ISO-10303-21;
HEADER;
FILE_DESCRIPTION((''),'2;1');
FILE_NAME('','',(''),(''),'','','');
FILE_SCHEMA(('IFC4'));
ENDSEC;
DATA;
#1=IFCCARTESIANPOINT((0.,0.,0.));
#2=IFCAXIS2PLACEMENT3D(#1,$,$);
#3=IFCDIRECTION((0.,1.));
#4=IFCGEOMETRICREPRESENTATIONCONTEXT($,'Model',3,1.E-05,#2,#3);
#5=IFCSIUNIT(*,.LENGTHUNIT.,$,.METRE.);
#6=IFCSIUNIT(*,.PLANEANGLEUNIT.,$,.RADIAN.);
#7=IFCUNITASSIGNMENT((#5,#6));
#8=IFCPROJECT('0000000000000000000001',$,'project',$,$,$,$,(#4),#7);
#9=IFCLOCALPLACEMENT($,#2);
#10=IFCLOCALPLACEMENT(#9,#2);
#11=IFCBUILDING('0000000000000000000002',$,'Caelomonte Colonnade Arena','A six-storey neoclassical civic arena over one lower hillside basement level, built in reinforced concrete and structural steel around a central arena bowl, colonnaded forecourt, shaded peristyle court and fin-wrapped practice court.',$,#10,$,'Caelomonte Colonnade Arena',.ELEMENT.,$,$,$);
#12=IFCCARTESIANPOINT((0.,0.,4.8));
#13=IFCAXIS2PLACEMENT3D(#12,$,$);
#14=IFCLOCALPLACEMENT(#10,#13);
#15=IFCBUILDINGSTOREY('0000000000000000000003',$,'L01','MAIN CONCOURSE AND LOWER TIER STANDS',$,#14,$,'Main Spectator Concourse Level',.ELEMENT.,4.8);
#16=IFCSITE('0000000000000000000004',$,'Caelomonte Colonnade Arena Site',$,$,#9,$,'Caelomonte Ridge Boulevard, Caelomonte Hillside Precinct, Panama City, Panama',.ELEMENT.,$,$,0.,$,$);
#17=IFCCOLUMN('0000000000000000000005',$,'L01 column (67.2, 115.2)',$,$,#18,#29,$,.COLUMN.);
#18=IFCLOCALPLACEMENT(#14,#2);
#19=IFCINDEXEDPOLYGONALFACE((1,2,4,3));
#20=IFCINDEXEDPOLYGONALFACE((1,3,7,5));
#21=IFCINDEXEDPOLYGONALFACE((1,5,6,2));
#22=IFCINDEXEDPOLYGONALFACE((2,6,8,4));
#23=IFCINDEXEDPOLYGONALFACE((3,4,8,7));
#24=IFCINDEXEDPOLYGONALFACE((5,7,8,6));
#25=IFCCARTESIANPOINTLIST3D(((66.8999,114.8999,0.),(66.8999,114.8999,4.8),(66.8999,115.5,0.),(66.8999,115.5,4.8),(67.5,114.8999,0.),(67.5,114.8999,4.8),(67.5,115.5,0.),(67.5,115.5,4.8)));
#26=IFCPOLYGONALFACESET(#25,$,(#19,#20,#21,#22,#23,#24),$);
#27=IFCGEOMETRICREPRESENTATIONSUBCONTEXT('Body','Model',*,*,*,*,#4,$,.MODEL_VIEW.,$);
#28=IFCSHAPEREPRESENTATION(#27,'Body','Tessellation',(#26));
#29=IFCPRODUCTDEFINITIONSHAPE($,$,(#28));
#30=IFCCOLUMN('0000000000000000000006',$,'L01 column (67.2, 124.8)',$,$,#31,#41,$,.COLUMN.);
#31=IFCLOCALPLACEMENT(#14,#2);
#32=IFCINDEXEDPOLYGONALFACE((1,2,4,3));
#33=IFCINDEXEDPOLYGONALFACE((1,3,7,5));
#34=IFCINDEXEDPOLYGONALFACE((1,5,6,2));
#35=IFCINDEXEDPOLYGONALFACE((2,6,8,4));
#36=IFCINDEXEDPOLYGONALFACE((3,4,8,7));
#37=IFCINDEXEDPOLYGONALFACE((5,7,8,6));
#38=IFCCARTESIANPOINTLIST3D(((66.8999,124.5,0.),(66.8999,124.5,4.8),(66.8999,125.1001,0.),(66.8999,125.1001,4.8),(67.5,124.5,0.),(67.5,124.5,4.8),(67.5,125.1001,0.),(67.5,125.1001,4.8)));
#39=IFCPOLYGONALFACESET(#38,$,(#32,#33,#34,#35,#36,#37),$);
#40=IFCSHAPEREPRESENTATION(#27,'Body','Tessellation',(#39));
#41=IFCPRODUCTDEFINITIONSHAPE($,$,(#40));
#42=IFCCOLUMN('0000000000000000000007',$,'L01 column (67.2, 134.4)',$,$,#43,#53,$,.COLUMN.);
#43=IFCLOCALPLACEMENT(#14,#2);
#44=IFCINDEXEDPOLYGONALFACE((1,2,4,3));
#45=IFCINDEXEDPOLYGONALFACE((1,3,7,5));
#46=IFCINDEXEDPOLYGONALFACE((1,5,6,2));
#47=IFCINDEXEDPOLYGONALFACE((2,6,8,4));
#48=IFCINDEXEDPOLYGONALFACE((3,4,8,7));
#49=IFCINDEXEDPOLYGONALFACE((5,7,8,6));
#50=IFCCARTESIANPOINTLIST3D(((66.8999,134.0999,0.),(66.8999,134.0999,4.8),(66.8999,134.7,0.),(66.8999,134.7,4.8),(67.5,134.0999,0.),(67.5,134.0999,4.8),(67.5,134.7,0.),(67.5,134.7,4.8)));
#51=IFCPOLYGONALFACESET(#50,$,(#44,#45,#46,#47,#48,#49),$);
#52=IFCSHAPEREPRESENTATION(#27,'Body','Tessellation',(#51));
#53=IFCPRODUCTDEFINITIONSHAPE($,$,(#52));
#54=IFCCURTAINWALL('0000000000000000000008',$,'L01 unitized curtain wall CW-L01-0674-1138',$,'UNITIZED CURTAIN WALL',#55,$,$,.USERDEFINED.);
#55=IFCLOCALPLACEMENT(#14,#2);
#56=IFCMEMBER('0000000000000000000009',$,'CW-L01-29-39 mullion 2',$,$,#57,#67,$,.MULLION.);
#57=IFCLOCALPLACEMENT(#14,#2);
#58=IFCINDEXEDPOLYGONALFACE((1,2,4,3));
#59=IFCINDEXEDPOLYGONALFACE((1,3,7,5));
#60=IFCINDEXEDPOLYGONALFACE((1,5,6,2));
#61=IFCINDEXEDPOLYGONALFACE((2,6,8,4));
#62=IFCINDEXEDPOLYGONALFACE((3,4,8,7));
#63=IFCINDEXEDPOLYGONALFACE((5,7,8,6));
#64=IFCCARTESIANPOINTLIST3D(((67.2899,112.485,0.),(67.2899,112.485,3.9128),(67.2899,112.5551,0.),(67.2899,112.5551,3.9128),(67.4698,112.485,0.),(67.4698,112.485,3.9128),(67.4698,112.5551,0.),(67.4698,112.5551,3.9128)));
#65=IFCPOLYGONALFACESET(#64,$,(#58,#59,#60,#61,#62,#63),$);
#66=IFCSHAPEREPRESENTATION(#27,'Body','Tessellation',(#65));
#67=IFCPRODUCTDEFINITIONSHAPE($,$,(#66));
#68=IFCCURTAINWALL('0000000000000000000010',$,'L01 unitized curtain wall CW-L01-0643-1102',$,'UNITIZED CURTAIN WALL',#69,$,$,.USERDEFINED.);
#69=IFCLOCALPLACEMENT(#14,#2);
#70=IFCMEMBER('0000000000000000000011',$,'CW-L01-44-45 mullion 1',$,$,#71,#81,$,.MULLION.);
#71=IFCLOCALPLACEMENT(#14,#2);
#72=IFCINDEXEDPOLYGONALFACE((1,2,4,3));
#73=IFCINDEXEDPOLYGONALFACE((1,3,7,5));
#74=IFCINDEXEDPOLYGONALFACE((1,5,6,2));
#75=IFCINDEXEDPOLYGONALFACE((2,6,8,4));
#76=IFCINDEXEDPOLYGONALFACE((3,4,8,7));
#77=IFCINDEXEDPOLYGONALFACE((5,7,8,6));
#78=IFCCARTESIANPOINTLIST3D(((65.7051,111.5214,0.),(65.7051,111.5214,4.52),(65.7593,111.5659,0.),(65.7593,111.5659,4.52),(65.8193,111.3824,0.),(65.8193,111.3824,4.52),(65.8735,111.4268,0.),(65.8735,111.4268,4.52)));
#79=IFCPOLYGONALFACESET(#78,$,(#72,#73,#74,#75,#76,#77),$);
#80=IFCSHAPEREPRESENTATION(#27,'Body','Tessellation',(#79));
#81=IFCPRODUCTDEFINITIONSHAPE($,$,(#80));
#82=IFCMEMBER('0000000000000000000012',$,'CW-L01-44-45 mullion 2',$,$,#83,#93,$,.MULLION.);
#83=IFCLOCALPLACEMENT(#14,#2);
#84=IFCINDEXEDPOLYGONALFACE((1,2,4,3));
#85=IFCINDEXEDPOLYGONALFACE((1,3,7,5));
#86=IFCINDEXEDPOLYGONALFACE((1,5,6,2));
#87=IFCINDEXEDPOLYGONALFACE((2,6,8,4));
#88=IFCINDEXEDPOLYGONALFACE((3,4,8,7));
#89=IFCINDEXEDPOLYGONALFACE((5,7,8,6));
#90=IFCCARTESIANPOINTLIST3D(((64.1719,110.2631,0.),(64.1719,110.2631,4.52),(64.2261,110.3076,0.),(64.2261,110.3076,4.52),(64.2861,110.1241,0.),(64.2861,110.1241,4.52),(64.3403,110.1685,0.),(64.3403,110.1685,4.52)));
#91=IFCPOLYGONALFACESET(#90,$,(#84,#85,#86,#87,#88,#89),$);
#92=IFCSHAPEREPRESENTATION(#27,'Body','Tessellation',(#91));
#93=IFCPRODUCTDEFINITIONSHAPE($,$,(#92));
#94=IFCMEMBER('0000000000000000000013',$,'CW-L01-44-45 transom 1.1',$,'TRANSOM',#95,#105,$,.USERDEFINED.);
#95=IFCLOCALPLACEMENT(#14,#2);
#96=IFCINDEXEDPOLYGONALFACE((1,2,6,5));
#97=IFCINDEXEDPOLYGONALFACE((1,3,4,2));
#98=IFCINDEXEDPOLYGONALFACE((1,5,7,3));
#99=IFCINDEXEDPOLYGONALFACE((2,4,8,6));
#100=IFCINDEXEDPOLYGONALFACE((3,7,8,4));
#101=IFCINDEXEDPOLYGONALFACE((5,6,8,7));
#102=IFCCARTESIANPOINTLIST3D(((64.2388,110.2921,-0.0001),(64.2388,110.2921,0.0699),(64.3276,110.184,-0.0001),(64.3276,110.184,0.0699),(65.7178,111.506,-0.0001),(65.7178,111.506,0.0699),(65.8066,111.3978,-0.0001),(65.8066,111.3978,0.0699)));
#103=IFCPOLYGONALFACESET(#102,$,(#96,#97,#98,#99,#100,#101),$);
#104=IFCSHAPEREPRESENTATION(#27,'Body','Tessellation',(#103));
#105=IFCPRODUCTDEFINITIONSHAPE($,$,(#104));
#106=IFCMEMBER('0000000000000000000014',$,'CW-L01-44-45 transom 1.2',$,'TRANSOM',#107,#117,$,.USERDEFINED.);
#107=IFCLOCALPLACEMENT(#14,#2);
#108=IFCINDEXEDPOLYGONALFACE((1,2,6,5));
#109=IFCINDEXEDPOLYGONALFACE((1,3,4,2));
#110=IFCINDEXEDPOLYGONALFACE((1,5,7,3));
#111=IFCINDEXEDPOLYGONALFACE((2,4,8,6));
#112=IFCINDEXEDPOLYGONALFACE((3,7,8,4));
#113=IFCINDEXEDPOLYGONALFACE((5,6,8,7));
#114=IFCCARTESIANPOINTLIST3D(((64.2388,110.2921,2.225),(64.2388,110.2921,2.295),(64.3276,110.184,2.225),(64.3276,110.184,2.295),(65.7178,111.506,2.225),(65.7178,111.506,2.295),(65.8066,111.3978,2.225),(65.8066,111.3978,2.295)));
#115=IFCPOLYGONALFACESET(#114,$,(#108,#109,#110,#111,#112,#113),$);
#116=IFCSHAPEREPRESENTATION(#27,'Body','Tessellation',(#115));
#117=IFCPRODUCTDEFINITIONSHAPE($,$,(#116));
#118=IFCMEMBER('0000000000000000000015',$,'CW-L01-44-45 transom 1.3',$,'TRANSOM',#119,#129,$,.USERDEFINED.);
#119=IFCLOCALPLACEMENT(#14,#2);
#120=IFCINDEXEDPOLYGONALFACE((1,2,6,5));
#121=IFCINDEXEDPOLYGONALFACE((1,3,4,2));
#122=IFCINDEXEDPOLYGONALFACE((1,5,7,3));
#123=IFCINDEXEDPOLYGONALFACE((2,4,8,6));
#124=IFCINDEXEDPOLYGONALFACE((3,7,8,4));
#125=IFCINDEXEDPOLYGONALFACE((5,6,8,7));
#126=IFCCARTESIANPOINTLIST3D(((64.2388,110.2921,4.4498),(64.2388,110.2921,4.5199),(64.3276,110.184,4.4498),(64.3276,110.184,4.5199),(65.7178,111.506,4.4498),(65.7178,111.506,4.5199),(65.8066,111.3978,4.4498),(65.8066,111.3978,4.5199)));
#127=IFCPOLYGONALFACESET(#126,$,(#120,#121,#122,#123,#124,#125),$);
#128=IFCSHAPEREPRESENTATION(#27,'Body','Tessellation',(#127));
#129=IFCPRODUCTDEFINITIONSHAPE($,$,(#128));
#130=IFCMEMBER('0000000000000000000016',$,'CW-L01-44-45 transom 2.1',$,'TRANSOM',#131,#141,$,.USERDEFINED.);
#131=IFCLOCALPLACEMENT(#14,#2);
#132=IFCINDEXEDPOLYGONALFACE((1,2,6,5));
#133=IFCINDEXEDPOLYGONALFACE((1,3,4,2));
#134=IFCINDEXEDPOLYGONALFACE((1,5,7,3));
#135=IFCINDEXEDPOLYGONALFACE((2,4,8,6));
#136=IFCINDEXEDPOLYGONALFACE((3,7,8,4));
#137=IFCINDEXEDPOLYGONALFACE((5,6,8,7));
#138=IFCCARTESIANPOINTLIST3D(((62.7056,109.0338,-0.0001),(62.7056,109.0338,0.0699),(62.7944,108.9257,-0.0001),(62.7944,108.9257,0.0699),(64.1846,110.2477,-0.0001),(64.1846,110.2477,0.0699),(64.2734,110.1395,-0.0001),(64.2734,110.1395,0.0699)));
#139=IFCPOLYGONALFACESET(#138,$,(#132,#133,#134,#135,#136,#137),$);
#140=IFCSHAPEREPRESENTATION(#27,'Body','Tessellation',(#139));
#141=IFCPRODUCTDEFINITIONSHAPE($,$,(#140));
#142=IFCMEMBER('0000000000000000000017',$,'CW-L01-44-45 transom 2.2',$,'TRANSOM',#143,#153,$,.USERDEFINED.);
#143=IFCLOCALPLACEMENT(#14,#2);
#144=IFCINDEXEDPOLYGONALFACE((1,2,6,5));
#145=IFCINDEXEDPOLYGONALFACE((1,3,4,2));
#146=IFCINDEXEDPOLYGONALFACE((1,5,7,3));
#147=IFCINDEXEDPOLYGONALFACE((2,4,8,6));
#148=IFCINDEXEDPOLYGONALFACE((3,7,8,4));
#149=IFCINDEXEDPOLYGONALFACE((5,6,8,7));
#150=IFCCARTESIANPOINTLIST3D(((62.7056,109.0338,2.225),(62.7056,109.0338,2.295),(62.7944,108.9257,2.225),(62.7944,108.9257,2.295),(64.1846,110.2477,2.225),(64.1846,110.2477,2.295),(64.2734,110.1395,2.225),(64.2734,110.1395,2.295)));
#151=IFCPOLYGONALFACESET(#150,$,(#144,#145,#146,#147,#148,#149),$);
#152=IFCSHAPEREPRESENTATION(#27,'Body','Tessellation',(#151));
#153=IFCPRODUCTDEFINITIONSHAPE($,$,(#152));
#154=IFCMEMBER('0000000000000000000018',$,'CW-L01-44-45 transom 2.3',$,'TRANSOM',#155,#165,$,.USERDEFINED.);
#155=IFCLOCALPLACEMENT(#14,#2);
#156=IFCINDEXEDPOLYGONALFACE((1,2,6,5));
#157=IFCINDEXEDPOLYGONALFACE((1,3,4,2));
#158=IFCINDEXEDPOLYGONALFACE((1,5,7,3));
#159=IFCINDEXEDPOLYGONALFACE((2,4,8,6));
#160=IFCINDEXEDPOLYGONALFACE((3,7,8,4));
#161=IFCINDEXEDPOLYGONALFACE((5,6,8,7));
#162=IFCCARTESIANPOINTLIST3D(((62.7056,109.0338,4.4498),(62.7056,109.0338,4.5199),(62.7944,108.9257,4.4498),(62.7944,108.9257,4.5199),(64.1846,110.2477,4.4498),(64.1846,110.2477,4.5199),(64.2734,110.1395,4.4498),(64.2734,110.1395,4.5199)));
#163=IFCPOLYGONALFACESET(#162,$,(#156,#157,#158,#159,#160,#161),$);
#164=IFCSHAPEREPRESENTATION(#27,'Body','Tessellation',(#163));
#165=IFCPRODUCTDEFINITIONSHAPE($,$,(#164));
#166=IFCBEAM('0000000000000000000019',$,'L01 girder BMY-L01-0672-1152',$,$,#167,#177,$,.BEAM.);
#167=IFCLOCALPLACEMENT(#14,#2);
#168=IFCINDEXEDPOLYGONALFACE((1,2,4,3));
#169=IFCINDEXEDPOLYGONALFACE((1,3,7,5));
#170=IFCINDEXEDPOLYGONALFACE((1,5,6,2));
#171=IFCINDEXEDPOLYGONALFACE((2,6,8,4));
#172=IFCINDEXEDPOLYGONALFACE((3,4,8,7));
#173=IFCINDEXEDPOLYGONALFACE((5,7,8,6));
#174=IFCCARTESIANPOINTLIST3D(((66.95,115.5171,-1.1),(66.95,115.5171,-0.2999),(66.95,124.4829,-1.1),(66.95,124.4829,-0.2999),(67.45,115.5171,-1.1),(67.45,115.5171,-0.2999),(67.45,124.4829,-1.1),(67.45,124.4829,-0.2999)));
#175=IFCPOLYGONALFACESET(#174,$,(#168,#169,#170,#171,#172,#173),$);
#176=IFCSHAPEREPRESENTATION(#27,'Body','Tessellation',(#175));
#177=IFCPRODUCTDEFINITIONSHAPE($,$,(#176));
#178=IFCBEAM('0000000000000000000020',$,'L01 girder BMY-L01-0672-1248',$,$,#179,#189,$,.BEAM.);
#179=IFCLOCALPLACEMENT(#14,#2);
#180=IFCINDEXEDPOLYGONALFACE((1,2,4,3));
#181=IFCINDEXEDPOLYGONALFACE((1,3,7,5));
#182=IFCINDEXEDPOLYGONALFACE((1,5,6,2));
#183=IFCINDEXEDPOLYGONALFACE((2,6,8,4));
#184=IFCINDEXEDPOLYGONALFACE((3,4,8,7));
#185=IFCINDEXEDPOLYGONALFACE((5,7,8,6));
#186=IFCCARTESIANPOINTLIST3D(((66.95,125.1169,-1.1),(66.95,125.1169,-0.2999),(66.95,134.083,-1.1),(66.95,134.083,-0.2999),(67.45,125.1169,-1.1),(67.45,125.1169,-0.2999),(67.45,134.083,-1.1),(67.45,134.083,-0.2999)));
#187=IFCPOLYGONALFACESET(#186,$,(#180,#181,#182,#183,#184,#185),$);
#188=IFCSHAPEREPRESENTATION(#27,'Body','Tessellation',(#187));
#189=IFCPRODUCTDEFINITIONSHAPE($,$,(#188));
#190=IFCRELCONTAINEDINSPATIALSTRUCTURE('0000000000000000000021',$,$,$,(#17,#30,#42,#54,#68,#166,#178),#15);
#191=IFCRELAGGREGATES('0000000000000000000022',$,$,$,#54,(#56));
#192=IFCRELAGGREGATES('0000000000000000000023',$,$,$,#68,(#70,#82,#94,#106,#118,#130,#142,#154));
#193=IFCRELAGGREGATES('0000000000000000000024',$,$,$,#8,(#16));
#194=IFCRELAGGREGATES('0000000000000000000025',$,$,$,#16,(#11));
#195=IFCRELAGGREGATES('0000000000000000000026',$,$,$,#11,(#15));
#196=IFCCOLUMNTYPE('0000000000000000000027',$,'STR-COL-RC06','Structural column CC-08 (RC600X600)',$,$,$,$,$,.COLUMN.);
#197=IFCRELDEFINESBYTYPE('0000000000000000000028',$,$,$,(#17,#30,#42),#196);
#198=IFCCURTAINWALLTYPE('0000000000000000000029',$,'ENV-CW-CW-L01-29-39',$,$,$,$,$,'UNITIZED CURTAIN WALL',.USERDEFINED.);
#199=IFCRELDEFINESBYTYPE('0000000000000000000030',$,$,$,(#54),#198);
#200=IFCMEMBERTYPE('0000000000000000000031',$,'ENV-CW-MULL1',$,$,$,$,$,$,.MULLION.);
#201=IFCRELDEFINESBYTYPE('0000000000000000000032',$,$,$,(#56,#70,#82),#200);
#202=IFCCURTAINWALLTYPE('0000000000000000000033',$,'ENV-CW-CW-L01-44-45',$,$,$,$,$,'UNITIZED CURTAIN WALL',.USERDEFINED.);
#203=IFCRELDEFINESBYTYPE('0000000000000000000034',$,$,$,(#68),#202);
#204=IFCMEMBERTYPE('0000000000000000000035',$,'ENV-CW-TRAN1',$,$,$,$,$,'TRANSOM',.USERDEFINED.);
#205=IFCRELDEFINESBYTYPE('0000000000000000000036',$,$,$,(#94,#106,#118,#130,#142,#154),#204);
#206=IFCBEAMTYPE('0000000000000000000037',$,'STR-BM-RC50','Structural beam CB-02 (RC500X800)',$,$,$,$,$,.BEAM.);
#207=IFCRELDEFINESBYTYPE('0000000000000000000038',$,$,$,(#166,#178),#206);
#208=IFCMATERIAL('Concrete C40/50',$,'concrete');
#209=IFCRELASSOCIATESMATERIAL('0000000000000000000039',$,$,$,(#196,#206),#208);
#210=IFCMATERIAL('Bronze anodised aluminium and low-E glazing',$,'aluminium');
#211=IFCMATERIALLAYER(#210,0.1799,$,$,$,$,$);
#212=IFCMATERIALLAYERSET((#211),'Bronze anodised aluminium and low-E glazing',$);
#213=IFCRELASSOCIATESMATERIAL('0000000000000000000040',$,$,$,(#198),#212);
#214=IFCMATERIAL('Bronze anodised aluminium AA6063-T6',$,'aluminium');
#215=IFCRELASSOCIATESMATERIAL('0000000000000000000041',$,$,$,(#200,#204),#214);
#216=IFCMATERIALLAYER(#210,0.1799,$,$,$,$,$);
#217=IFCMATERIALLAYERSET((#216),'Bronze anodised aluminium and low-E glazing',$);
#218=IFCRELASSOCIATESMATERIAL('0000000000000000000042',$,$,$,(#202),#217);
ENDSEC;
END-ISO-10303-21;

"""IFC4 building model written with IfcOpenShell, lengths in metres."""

from ifc_helpers import new_model, si_unit, direction, frame, origin, origin_2d, place, context, subcontext, project, spatial, rectangle, extrude, material, layer, layer_set, material_profile, profile_set, type_object, element, aggregate, save


model = new_model("IFC4")

# Units and contexts
model_context = context("Model", 3, precision=1e-05, world=origin(), true_north=direction((0.0, 1.0)))
body_context = subcontext(model_context, "Body", "Model", "MODEL_VIEW")
ifc_project = project(units=[si_unit("LENGTHUNIT", "METRE"), si_unit("PLANEANGLEUNIT", "RADIAN")], contexts=[model_context])

# Site, building, storey
site_placement = place(None, origin())
site = spatial("IfcSite", under=ifc_project, at=site_placement, Name="Caelomonte Colonnade Arena Site", LongName="Caelomonte Ridge Boulevard, Caelomonte Hillside Precinct, Panama City, Panama", CompositionType="ELEMENT", RefElevation=0.0)
building_placement = place(site_placement, origin())
building = spatial("IfcBuilding", under=site, at=building_placement, Name="Caelomonte Colonnade Arena", Description="A six-storey neoclassical civic arena over one lower hillside basement level, built in reinforced concrete and structural steel around a central arena bowl, colonnaded forecourt, shaded peristyle court and fin-wrapped practice court.", LongName="Caelomonte Colonnade Arena", CompositionType="ELEMENT")
storey_placement = place(building_placement, frame((0.0, 0.0, 4.8)))
storey = spatial("IfcBuildingStorey", under=building, at=storey_placement, Name="L01", Description="MAIN CONCOURSE AND LOWER TIER STANDS", LongName="Main Spectator Concourse Level", CompositionType="ELEMENT", Elevation=4.8)

# Columns
ifc_material_1 = material(Name="Concrete C40/50", Category="concrete")
ifc_material_profile_1 = material_profile(ifc_material_1, rectangle(XDim=0.6001, YDim=0.6001, at=origin_2d()), Name="RC600X600")
ifc_profile_set_1 = profile_set([ifc_material_profile_1], Name="Concrete C40/50")
column_type = type_object("IfcColumnType", Name="STR-COL-RC06", Description="Structural column CC-08 (RC600X600)", PredefinedType="COLUMN", material=ifc_profile_set_1)
for number, where, z_axis, x_axis, name in (
    (1, (67.2, 115.2, 0.0), (0.0, 0.0, 1.0), (1.0, 0.0, 0.0), "L01 column (67.2, 115.2)"),
    (2, (67.2, 124.8, 0.0), (0.0, 0.0, 1.0), (1.0, 0.0, 0.0), "L01 column (67.2, 124.8)"),
    (3, (67.2, 134.3999, 0.0), (0.0, 0.0, 1.0), (1.0, 0.0, 0.0), "L01 column (67.2, 134.4)"),
):
    element("IfcColumn", number, at=place(storey_placement, frame(where, z_axis=z_axis, x_axis=x_axis)), inside=storey, type_object=column_type, Name=name, PredefinedType="COLUMN", context=body_context, shape_type="SweptSolid", body=[
        extrude(rectangle(XDim=0.6001, YDim=0.6001, at=origin_2d()), origin(), (0.0, 0.0, 1.0), 4.8),
    ])

# Curtain wall, member
ifc_material_2 = material(Name="Bronze anodised aluminium and low-E glazing", Category="aluminium")
ifc_layer_1 = layer(ifc_material_2, 0.1799)
ifc_layer_set_1 = layer_set([ifc_layer_1], Name="Bronze anodised aluminium and low-E glazing")
curtain_wall_type_1 = type_object("IfcCurtainWallType", Name="ENV-CW-CW-L01-29-39", ElementType="UNITIZED CURTAIN WALL", PredefinedType="USERDEFINED", material=ifc_layer_set_1)
curtain_wall_1_placement = place(storey_placement, origin())
curtain_wall_1 = element("IfcCurtainWall", 4, at=curtain_wall_1_placement, inside=storey, type_object=curtain_wall_type_1, Name="L01 unitized curtain wall CW-L01-0674-1138", ObjectType="UNITIZED CURTAIN WALL", PredefinedType="USERDEFINED")
ifc_material_3 = material(Name="Bronze anodised aluminium AA6063-T6", Category="aluminium")
ifc_material_profile_2 = material_profile(ifc_material_3, rectangle(XDim=0.0701, YDim=0.1799, at=origin_2d()), Name="CWM-70X180")
ifc_profile_set_2 = profile_set([ifc_material_profile_2], Name="Bronze anodised aluminium AA6063-T6")
member_type_1 = type_object("IfcMemberType", Name="ENV-CW-MULL1", PredefinedType="MULLION", material=ifc_profile_set_2)
member_1_placement = place(storey_placement, frame((67.3799, 112.52, 0.0), z_axis=(0.0, 0.0, 1.0), x_axis=(0.0, -1.0, 0.0)))
member_1 = element("IfcMember", 5, at=member_1_placement, type_object=member_type_1, Name="CW-L01-29-39 mullion 2", PredefinedType="MULLION", context=body_context, shape_type="SweptSolid", body=[
    extrude(rectangle(XDim=0.0701, YDim=0.1799, at=origin_2d()), origin(), (0.0, 0.0, 1.0), 3.9128),
])

# Curtain wall, members
ifc_layer_2 = layer(ifc_material_2, 0.1799)
ifc_layer_set_2 = layer_set([ifc_layer_2], Name="Bronze anodised aluminium and low-E glazing")
curtain_wall_type_2 = type_object("IfcCurtainWallType", Name="ENV-CW-CW-L01-44-45", ElementType="UNITIZED CURTAIN WALL", PredefinedType="USERDEFINED", material=ifc_layer_set_2)
curtain_wall_2_placement = place(storey_placement, origin())
curtain_wall_2 = element("IfcCurtainWall", 6, at=curtain_wall_2_placement, inside=storey, type_object=curtain_wall_type_2, Name="L01 unitized curtain wall CW-L01-0643-1102", ObjectType="UNITIZED CURTAIN WALL", PredefinedType="USERDEFINED")
member_2_placement = place(storey_placement, frame((65.7893, 111.4741, 0.0), z_axis=(0.0, 0.0, 1.0), x_axis=(-0.772992, -0.634416, 0.0)))
member_2 = element("IfcMember", 7, at=member_2_placement, type_object=member_type_1, Name="CW-L01-44-45 mullion 1", PredefinedType="MULLION", context=body_context, shape_type="SweptSolid", body=[
    extrude(rectangle(XDim=0.0701, YDim=0.1799, at=origin_2d()), origin(), (0.0, 0.0, 1.0), 4.52),
])
member_3_placement = place(storey_placement, frame((64.2561, 110.2158, 0.0), z_axis=(0.0, 0.0, 1.0), x_axis=(-0.772992, -0.634416, 0.0)))
member_3 = element("IfcMember", 8, at=member_3_placement, type_object=member_type_1, Name="CW-L01-44-45 mullion 2", PredefinedType="MULLION", context=body_context, shape_type="SweptSolid", body=[
    extrude(rectangle(XDim=0.0701, YDim=0.1799, at=origin_2d()), origin(), (0.0, 0.0, 1.0), 4.52),
])
ifc_material_profile_3 = material_profile(ifc_material_3, rectangle(XDim=0.0701, YDim=0.1399, at=origin_2d()), Name="CWT-70X140")
ifc_profile_set_3 = profile_set([ifc_material_profile_3], Name="Bronze anodised aluminium AA6063-T6")
member_type_2 = type_object("IfcMemberType", Name="ENV-CW-TRAN1", ElementType="TRANSOM", PredefinedType="USERDEFINED", material=ifc_profile_set_3)
member_4_placement = place(storey_placement, frame((65.7622, 111.4519, 0.0349), z_axis=(-0.77299, -0.634418, 0.0), x_axis=(0.0, 0.0, 1.0)))
member_4 = element("IfcMember", 9, at=member_4_placement, type_object=member_type_2, Name="CW-L01-44-45 transom 1.1", ObjectType="TRANSOM", PredefinedType="USERDEFINED", context=body_context, shape_type="SweptSolid", body=[
    extrude(rectangle(XDim=0.0701, YDim=0.1399, at=origin_2d()), origin(), (0.0, 0.0, 1.0), 1.9133),
])
member_5_placement = place(storey_placement, frame((65.7622, 111.4519, 2.26), z_axis=(-0.77299, -0.634418, 0.0), x_axis=(0.0, 0.0, 1.0)))
member_5 = element("IfcMember", 10, at=member_5_placement, type_object=member_type_2, Name="CW-L01-44-45 transom 1.2", ObjectType="TRANSOM", PredefinedType="USERDEFINED", context=body_context, shape_type="SweptSolid", body=[
    extrude(rectangle(XDim=0.0701, YDim=0.1399, at=origin_2d()), origin(), (0.0, 0.0, 1.0), 1.9133),
])
member_6_placement = place(storey_placement, frame((65.7622, 111.4519, 4.4849), z_axis=(-0.77299, -0.634418, 0.0), x_axis=(0.0, 0.0, 1.0)))
member_6 = element("IfcMember", 11, at=member_6_placement, type_object=member_type_2, Name="CW-L01-44-45 transom 1.3", ObjectType="TRANSOM", PredefinedType="USERDEFINED", context=body_context, shape_type="SweptSolid", body=[
    extrude(rectangle(XDim=0.0701, YDim=0.1399, at=origin_2d()), origin(), (0.0, 0.0, 1.0), 1.9133),
])
member_7_placement = place(storey_placement, frame((64.229, 110.1936, 0.0349), z_axis=(-0.77299, -0.634418, 0.0), x_axis=(0.0, 0.0, 1.0)))
member_7 = element("IfcMember", 12, at=member_7_placement, type_object=member_type_2, Name="CW-L01-44-45 transom 2.1", ObjectType="TRANSOM", PredefinedType="USERDEFINED", context=body_context, shape_type="SweptSolid", body=[
    extrude(rectangle(XDim=0.0701, YDim=0.1399, at=origin_2d()), origin(), (0.0, 0.0, 1.0), 1.9133),
])
member_8_placement = place(storey_placement, frame((64.229, 110.1936, 2.26), z_axis=(-0.77299, -0.634418, 0.0), x_axis=(0.0, 0.0, 1.0)))
member_8 = element("IfcMember", 13, at=member_8_placement, type_object=member_type_2, Name="CW-L01-44-45 transom 2.2", ObjectType="TRANSOM", PredefinedType="USERDEFINED", context=body_context, shape_type="SweptSolid", body=[
    extrude(rectangle(XDim=0.0701, YDim=0.1399, at=origin_2d()), origin(), (0.0, 0.0, 1.0), 1.9133),
])
member_9_placement = place(storey_placement, frame((64.229, 110.1936, 4.4849), z_axis=(-0.77299, -0.634418, 0.0), x_axis=(0.0, 0.0, 1.0)))
member_9 = element("IfcMember", 14, at=member_9_placement, type_object=member_type_2, Name="CW-L01-44-45 transom 2.3", ObjectType="TRANSOM", PredefinedType="USERDEFINED", context=body_context, shape_type="SweptSolid", body=[
    extrude(rectangle(XDim=0.0701, YDim=0.1399, at=origin_2d()), origin(), (0.0, 0.0, 1.0), 1.9133),
])

# Beams
ifc_material_profile_4 = material_profile(ifc_material_1, rectangle(XDim=0.5, YDim=0.8, at=origin_2d()), Name="RC500X800")
ifc_profile_set_4 = profile_set([ifc_material_profile_4], Name="Concrete C40/50")
beam_type = type_object("IfcBeamType", Name="STR-BM-RC50", Description="Structural beam CB-02 (RC500X800)", PredefinedType="BEAM", material=ifc_profile_set_4)
beam_1_placement = place(storey_placement, frame((67.2, 115.5171, -0.7), z_axis=(0.0, 1.0, 0.0), x_axis=(-1.0, 0.0, 0.0)))
element("IfcBeam", 15, at=beam_1_placement, inside=storey, type_object=beam_type, Name="L01 girder BMY-L01-0672-1152", PredefinedType="BEAM", context=body_context, shape_type="SweptSolid", body=[
    extrude(rectangle(XDim=0.5, YDim=0.8, at=origin_2d()), origin(), (0.0, 0.0, 1.0), 8.9658),
])
beam_2_placement = place(storey_placement, frame((67.2, 125.1169, -0.7), z_axis=(0.0, 1.0, 0.0), x_axis=(-1.0, 0.0, 0.0)))
element("IfcBeam", 16, at=beam_2_placement, inside=storey, type_object=beam_type, Name="L01 girder BMY-L01-0672-1248", PredefinedType="BEAM", context=body_context, shape_type="SweptSolid", body=[
    extrude(rectangle(XDim=0.5, YDim=0.8, at=origin_2d()), origin(), (0.0, 0.0, 1.0), 8.9661),
])

aggregate(curtain_wall_1, [member_1])
aggregate(curtain_wall_2, [member_2, member_3, member_4, member_5, member_6, member_7, member_8, member_9])

save(model, "model.ifc")
